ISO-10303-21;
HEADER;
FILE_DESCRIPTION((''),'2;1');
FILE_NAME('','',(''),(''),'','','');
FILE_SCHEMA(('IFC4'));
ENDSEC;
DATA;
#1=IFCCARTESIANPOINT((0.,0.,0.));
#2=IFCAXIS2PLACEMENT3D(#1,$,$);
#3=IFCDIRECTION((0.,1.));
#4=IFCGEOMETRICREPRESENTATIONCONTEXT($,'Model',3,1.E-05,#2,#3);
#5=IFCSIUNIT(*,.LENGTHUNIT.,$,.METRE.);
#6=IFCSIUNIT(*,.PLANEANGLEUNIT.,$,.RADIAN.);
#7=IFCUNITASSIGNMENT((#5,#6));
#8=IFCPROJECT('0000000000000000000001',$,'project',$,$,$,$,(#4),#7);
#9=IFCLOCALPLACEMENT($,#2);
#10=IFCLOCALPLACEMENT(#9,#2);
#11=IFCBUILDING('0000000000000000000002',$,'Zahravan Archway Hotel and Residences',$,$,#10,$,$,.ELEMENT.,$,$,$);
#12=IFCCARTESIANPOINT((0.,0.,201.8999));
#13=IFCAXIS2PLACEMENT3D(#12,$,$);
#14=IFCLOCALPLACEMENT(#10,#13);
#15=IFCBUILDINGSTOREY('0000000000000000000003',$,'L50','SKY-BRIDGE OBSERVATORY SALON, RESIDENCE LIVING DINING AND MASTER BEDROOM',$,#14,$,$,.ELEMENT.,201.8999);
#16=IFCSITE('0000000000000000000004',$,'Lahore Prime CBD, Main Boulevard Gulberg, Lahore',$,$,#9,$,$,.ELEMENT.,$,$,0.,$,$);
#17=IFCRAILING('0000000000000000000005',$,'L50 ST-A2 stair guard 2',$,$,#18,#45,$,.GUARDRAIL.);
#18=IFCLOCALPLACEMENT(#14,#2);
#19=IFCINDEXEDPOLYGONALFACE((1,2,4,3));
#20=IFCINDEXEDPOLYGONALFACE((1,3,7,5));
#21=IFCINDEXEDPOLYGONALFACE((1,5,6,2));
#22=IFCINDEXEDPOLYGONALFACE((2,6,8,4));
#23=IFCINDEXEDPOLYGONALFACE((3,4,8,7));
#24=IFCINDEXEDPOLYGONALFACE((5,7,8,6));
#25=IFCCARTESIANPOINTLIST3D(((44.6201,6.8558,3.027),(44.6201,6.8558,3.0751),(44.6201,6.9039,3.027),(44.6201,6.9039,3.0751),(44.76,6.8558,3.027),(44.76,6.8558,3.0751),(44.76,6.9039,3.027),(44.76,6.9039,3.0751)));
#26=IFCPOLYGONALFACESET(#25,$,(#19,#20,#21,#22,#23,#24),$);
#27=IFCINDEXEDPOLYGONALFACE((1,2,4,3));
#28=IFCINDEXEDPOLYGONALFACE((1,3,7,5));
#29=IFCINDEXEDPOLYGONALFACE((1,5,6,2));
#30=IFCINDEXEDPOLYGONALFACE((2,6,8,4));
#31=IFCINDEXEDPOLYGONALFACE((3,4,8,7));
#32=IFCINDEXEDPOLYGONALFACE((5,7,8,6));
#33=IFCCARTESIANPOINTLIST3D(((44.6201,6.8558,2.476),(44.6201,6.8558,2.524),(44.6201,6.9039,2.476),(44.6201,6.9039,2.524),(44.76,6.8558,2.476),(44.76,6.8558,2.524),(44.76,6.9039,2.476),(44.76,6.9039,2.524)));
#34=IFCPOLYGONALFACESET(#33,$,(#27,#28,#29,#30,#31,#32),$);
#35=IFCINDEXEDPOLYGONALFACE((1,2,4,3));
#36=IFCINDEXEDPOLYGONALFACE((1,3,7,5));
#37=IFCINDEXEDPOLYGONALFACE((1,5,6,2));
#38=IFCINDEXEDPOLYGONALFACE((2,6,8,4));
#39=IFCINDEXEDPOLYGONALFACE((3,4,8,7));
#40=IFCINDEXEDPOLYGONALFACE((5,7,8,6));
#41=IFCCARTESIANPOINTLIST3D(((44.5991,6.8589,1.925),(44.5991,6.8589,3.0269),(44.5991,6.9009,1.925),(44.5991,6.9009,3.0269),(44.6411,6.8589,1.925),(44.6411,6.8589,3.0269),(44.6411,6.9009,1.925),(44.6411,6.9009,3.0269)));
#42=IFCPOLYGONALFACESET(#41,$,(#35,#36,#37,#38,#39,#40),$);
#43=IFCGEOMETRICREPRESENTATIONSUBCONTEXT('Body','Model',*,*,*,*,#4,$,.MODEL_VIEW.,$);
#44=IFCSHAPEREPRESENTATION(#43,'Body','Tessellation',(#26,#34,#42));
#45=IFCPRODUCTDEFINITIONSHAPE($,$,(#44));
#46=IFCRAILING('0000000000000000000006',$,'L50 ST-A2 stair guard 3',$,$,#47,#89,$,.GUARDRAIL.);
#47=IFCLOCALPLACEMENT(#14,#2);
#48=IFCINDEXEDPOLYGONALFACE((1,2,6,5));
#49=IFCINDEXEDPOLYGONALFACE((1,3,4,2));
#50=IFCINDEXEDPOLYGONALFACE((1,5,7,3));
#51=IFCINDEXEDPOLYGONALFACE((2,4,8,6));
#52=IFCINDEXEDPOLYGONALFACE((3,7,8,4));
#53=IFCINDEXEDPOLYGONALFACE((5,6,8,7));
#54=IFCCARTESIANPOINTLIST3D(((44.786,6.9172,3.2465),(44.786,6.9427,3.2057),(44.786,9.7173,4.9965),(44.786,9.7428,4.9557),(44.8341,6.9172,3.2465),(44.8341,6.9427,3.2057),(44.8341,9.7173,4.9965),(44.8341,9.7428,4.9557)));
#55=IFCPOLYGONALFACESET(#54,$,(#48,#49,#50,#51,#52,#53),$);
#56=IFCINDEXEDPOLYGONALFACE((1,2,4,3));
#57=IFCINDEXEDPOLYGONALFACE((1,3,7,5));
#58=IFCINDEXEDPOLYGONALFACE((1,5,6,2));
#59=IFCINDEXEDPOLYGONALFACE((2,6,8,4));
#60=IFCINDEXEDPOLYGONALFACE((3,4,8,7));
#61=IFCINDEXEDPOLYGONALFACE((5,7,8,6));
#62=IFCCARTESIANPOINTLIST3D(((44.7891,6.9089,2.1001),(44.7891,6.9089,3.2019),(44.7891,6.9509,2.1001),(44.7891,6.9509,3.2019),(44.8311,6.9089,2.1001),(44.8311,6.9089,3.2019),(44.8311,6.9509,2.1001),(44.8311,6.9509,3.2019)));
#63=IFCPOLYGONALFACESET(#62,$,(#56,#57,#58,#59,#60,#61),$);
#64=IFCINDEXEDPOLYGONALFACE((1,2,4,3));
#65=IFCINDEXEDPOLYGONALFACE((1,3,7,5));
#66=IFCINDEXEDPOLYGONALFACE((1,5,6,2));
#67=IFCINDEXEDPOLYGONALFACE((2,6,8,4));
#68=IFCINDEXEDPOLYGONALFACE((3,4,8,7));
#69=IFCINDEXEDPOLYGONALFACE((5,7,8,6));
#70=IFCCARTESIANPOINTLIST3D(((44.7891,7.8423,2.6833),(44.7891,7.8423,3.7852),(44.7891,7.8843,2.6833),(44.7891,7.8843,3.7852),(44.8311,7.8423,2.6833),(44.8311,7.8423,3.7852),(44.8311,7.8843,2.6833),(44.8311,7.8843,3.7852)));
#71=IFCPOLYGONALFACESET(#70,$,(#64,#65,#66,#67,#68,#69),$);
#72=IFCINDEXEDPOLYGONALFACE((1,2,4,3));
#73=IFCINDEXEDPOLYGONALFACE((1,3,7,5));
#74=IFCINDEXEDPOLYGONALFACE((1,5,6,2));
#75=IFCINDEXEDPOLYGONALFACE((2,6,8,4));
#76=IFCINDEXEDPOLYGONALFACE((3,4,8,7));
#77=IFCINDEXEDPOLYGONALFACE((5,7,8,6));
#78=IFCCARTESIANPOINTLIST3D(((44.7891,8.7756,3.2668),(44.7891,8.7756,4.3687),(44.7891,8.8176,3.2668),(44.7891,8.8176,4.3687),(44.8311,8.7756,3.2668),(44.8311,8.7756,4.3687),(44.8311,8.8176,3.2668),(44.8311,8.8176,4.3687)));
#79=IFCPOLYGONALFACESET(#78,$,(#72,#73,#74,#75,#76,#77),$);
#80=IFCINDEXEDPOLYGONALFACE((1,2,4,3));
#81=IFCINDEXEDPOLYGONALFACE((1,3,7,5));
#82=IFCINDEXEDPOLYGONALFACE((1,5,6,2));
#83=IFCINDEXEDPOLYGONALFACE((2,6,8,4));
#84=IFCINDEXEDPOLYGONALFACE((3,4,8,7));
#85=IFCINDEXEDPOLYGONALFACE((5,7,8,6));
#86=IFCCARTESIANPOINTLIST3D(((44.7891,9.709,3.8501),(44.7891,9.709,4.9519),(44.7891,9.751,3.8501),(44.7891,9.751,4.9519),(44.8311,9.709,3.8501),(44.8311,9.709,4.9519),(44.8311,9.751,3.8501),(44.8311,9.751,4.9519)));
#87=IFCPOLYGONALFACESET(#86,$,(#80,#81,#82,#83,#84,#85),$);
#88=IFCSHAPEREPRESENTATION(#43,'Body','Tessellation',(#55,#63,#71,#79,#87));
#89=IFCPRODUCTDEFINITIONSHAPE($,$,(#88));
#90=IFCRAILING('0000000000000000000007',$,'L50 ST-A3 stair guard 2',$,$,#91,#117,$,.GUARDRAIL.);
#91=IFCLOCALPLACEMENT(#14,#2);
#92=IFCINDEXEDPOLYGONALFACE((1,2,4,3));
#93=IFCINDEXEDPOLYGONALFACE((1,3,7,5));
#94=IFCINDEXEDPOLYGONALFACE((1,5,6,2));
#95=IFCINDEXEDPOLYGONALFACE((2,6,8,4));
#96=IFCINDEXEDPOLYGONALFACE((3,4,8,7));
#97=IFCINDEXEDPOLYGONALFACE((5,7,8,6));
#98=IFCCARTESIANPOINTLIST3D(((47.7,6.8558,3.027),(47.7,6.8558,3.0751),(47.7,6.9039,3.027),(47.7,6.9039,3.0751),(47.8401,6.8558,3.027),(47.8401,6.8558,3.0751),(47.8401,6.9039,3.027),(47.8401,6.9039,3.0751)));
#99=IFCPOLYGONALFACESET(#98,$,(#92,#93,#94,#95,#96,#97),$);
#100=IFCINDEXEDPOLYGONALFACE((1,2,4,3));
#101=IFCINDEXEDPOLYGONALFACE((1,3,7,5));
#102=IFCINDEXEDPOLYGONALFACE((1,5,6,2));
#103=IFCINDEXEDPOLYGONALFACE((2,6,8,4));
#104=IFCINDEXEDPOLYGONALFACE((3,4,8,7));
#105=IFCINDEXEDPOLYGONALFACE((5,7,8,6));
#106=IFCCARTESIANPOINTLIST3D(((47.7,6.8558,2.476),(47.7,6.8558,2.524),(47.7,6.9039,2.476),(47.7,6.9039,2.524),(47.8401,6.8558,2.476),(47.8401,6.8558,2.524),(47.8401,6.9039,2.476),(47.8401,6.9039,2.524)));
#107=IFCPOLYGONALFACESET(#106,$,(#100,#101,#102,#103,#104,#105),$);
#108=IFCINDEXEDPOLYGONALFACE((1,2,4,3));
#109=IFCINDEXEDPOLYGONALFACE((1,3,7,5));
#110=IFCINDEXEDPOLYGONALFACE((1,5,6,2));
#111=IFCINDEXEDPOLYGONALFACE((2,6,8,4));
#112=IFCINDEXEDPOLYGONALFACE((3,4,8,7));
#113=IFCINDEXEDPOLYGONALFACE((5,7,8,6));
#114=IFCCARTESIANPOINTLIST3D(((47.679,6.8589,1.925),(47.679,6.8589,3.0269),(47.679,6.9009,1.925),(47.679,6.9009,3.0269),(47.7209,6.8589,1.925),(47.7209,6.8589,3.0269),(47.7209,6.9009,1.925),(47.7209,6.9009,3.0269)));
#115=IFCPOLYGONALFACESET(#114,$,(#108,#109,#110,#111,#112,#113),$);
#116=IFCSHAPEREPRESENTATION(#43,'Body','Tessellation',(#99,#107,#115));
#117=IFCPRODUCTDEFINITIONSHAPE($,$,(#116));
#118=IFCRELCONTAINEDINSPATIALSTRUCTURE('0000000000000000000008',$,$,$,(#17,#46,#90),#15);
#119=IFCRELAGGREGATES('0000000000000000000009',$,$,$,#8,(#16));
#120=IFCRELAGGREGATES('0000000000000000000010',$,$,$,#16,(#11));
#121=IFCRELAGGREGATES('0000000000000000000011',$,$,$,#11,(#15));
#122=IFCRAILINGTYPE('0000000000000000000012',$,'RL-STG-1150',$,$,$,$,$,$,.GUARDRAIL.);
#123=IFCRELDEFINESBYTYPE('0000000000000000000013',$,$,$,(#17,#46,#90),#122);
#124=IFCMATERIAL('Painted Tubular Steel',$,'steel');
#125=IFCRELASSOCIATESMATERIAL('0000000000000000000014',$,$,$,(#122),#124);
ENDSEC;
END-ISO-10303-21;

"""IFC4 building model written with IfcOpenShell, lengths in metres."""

from ifc_helpers import new_model, si_unit, direction, frame, origin, origin_2d, place, context, subcontext, project, spatial, rectangle, extrude, material, type_object, element, save


model = new_model("IFC4")

# Units and contexts
model_context = context("Model", 3, precision=1e-05, world=origin(), true_north=direction((0.0, 1.0)))
body_context = subcontext(model_context, "Body", "Model", "MODEL_VIEW")
ifc_project = project(units=[si_unit("LENGTHUNIT", "METRE"), si_unit("PLANEANGLEUNIT", "RADIAN")], contexts=[model_context])

# Site, building, storey
site_placement = place(None, origin())
site = spatial("IfcSite", under=ifc_project, at=site_placement, Name="Lahore Prime CBD, Main Boulevard Gulberg, Lahore", CompositionType="ELEMENT", RefElevation=0.0)
building_placement = place(site_placement, origin())
building = spatial("IfcBuilding", under=site, at=building_placement, Name="Zahravan Archway Hotel and Residences", CompositionType="ELEMENT")
storey_placement = place(building_placement, frame((0.0, 0.0, 201.8999)))
storey = spatial("IfcBuildingStorey", under=building, at=storey_placement, Name="L50", Description="SKY-BRIDGE OBSERVATORY SALON, RESIDENCE LIVING DINING AND MASTER BEDROOM", CompositionType="ELEMENT", Elevation=201.8999)

# Railings
ifc_material_1 = material(Name="Painted Tubular Steel", Category="steel")
railing_type_1 = type_object("IfcRailingType", Name="RL-STG-1150", PredefinedType="GUARDRAIL", material=ifc_material_1)
railing_1_placement = place(storey_placement, frame((44.6201, 6.8799, 1.925)))
element("IfcRailing", 1, at=railing_1_placement, inside=storey, type_object=railing_type_1, Name="L50 ST-A2 stair guard 2", PredefinedType="GUARDRAIL", context=body_context, shape_type="SweptSolid", body=[
    extrude(rectangle(XDim=0.0481, YDim=0.0481, at=origin_2d()), frame((0.0, 0.0, 1.126), z_axis=(1.0, 0.0, 0.0), x_axis=(0.0, 1.0, 0.0)), (0.0, 0.0, 1.0), 0.1399),
    extrude(rectangle(XDim=0.0481, YDim=0.0481, at=origin_2d()), frame((0.0, 0.0, 0.575), z_axis=(1.0, 0.0, 0.0), x_axis=(0.0, 1.0, 0.0)), (0.0, 0.0, 1.0), 0.1399),
    extrude(rectangle(XDim=0.042, YDim=0.042, at=origin_2d()), origin(), (0.0, 0.0, 1.0), 1.1018),
])
railing_2_placement = place(storey_placement, frame((44.8101, 6.9299, 2.1001)))
element("IfcRailing", 2, at=railing_2_placement, inside=storey, type_object=railing_type_1, Name="L50 ST-A2 stair guard 3", PredefinedType="GUARDRAIL", context=body_context, shape_type="SweptSolid", body=[
    extrude(rectangle(XDim=0.0481, YDim=0.0481, at=origin_2d()), frame((0.0, 0.0, 1.126), z_axis=(0.0, 0.848002, 0.529992), x_axis=(-1.0, 0.0, 0.0)), (0.0, 0.0, 1.0), 3.302),
    extrude(rectangle(XDim=0.042, YDim=0.042, at=origin_2d()), origin(), (0.0, 0.0, 1.0), 1.1018),
    extrude(rectangle(XDim=0.042, YDim=0.042, at=origin_2d()), frame((0.0, 0.9333, 0.5833)), (0.0, 0.0, 1.0), 1.1018),
    extrude(rectangle(XDim=0.042, YDim=0.042, at=origin_2d()), frame((0.0, 1.8667, 1.1667)), (0.0, 0.0, 1.0), 1.1018),
    extrude(rectangle(XDim=0.042, YDim=0.042, at=origin_2d()), frame((0.0, 2.8, 1.75)), (0.0, 0.0, 1.0), 1.1018),
])
railing_3_placement = place(storey_placement, frame((47.7, 6.8799, 1.925)))
element("IfcRailing", 3, at=railing_3_placement, inside=storey, type_object=railing_type_1, Name="L50 ST-A3 stair guard 2", PredefinedType="GUARDRAIL", context=body_context, shape_type="SweptSolid", body=[
    extrude(rectangle(XDim=0.0481, YDim=0.0481, at=origin_2d()), frame((0.0, 0.0, 1.126), z_axis=(1.0, 0.0, 0.0), x_axis=(0.0, 1.0, 0.0)), (0.0, 0.0, 1.0), 0.1401),
    extrude(rectangle(XDim=0.0481, YDim=0.0481, at=origin_2d()), frame((0.0, 0.0, 0.575), z_axis=(1.0, 0.0, 0.0), x_axis=(0.0, 1.0, 0.0)), (0.0, 0.0, 1.0), 0.1401),
    extrude(rectangle(XDim=0.042, YDim=0.042, at=origin_2d()), origin(), (0.0, 0.0, 1.0), 1.1018),
])

save(model, "model.ifc")
